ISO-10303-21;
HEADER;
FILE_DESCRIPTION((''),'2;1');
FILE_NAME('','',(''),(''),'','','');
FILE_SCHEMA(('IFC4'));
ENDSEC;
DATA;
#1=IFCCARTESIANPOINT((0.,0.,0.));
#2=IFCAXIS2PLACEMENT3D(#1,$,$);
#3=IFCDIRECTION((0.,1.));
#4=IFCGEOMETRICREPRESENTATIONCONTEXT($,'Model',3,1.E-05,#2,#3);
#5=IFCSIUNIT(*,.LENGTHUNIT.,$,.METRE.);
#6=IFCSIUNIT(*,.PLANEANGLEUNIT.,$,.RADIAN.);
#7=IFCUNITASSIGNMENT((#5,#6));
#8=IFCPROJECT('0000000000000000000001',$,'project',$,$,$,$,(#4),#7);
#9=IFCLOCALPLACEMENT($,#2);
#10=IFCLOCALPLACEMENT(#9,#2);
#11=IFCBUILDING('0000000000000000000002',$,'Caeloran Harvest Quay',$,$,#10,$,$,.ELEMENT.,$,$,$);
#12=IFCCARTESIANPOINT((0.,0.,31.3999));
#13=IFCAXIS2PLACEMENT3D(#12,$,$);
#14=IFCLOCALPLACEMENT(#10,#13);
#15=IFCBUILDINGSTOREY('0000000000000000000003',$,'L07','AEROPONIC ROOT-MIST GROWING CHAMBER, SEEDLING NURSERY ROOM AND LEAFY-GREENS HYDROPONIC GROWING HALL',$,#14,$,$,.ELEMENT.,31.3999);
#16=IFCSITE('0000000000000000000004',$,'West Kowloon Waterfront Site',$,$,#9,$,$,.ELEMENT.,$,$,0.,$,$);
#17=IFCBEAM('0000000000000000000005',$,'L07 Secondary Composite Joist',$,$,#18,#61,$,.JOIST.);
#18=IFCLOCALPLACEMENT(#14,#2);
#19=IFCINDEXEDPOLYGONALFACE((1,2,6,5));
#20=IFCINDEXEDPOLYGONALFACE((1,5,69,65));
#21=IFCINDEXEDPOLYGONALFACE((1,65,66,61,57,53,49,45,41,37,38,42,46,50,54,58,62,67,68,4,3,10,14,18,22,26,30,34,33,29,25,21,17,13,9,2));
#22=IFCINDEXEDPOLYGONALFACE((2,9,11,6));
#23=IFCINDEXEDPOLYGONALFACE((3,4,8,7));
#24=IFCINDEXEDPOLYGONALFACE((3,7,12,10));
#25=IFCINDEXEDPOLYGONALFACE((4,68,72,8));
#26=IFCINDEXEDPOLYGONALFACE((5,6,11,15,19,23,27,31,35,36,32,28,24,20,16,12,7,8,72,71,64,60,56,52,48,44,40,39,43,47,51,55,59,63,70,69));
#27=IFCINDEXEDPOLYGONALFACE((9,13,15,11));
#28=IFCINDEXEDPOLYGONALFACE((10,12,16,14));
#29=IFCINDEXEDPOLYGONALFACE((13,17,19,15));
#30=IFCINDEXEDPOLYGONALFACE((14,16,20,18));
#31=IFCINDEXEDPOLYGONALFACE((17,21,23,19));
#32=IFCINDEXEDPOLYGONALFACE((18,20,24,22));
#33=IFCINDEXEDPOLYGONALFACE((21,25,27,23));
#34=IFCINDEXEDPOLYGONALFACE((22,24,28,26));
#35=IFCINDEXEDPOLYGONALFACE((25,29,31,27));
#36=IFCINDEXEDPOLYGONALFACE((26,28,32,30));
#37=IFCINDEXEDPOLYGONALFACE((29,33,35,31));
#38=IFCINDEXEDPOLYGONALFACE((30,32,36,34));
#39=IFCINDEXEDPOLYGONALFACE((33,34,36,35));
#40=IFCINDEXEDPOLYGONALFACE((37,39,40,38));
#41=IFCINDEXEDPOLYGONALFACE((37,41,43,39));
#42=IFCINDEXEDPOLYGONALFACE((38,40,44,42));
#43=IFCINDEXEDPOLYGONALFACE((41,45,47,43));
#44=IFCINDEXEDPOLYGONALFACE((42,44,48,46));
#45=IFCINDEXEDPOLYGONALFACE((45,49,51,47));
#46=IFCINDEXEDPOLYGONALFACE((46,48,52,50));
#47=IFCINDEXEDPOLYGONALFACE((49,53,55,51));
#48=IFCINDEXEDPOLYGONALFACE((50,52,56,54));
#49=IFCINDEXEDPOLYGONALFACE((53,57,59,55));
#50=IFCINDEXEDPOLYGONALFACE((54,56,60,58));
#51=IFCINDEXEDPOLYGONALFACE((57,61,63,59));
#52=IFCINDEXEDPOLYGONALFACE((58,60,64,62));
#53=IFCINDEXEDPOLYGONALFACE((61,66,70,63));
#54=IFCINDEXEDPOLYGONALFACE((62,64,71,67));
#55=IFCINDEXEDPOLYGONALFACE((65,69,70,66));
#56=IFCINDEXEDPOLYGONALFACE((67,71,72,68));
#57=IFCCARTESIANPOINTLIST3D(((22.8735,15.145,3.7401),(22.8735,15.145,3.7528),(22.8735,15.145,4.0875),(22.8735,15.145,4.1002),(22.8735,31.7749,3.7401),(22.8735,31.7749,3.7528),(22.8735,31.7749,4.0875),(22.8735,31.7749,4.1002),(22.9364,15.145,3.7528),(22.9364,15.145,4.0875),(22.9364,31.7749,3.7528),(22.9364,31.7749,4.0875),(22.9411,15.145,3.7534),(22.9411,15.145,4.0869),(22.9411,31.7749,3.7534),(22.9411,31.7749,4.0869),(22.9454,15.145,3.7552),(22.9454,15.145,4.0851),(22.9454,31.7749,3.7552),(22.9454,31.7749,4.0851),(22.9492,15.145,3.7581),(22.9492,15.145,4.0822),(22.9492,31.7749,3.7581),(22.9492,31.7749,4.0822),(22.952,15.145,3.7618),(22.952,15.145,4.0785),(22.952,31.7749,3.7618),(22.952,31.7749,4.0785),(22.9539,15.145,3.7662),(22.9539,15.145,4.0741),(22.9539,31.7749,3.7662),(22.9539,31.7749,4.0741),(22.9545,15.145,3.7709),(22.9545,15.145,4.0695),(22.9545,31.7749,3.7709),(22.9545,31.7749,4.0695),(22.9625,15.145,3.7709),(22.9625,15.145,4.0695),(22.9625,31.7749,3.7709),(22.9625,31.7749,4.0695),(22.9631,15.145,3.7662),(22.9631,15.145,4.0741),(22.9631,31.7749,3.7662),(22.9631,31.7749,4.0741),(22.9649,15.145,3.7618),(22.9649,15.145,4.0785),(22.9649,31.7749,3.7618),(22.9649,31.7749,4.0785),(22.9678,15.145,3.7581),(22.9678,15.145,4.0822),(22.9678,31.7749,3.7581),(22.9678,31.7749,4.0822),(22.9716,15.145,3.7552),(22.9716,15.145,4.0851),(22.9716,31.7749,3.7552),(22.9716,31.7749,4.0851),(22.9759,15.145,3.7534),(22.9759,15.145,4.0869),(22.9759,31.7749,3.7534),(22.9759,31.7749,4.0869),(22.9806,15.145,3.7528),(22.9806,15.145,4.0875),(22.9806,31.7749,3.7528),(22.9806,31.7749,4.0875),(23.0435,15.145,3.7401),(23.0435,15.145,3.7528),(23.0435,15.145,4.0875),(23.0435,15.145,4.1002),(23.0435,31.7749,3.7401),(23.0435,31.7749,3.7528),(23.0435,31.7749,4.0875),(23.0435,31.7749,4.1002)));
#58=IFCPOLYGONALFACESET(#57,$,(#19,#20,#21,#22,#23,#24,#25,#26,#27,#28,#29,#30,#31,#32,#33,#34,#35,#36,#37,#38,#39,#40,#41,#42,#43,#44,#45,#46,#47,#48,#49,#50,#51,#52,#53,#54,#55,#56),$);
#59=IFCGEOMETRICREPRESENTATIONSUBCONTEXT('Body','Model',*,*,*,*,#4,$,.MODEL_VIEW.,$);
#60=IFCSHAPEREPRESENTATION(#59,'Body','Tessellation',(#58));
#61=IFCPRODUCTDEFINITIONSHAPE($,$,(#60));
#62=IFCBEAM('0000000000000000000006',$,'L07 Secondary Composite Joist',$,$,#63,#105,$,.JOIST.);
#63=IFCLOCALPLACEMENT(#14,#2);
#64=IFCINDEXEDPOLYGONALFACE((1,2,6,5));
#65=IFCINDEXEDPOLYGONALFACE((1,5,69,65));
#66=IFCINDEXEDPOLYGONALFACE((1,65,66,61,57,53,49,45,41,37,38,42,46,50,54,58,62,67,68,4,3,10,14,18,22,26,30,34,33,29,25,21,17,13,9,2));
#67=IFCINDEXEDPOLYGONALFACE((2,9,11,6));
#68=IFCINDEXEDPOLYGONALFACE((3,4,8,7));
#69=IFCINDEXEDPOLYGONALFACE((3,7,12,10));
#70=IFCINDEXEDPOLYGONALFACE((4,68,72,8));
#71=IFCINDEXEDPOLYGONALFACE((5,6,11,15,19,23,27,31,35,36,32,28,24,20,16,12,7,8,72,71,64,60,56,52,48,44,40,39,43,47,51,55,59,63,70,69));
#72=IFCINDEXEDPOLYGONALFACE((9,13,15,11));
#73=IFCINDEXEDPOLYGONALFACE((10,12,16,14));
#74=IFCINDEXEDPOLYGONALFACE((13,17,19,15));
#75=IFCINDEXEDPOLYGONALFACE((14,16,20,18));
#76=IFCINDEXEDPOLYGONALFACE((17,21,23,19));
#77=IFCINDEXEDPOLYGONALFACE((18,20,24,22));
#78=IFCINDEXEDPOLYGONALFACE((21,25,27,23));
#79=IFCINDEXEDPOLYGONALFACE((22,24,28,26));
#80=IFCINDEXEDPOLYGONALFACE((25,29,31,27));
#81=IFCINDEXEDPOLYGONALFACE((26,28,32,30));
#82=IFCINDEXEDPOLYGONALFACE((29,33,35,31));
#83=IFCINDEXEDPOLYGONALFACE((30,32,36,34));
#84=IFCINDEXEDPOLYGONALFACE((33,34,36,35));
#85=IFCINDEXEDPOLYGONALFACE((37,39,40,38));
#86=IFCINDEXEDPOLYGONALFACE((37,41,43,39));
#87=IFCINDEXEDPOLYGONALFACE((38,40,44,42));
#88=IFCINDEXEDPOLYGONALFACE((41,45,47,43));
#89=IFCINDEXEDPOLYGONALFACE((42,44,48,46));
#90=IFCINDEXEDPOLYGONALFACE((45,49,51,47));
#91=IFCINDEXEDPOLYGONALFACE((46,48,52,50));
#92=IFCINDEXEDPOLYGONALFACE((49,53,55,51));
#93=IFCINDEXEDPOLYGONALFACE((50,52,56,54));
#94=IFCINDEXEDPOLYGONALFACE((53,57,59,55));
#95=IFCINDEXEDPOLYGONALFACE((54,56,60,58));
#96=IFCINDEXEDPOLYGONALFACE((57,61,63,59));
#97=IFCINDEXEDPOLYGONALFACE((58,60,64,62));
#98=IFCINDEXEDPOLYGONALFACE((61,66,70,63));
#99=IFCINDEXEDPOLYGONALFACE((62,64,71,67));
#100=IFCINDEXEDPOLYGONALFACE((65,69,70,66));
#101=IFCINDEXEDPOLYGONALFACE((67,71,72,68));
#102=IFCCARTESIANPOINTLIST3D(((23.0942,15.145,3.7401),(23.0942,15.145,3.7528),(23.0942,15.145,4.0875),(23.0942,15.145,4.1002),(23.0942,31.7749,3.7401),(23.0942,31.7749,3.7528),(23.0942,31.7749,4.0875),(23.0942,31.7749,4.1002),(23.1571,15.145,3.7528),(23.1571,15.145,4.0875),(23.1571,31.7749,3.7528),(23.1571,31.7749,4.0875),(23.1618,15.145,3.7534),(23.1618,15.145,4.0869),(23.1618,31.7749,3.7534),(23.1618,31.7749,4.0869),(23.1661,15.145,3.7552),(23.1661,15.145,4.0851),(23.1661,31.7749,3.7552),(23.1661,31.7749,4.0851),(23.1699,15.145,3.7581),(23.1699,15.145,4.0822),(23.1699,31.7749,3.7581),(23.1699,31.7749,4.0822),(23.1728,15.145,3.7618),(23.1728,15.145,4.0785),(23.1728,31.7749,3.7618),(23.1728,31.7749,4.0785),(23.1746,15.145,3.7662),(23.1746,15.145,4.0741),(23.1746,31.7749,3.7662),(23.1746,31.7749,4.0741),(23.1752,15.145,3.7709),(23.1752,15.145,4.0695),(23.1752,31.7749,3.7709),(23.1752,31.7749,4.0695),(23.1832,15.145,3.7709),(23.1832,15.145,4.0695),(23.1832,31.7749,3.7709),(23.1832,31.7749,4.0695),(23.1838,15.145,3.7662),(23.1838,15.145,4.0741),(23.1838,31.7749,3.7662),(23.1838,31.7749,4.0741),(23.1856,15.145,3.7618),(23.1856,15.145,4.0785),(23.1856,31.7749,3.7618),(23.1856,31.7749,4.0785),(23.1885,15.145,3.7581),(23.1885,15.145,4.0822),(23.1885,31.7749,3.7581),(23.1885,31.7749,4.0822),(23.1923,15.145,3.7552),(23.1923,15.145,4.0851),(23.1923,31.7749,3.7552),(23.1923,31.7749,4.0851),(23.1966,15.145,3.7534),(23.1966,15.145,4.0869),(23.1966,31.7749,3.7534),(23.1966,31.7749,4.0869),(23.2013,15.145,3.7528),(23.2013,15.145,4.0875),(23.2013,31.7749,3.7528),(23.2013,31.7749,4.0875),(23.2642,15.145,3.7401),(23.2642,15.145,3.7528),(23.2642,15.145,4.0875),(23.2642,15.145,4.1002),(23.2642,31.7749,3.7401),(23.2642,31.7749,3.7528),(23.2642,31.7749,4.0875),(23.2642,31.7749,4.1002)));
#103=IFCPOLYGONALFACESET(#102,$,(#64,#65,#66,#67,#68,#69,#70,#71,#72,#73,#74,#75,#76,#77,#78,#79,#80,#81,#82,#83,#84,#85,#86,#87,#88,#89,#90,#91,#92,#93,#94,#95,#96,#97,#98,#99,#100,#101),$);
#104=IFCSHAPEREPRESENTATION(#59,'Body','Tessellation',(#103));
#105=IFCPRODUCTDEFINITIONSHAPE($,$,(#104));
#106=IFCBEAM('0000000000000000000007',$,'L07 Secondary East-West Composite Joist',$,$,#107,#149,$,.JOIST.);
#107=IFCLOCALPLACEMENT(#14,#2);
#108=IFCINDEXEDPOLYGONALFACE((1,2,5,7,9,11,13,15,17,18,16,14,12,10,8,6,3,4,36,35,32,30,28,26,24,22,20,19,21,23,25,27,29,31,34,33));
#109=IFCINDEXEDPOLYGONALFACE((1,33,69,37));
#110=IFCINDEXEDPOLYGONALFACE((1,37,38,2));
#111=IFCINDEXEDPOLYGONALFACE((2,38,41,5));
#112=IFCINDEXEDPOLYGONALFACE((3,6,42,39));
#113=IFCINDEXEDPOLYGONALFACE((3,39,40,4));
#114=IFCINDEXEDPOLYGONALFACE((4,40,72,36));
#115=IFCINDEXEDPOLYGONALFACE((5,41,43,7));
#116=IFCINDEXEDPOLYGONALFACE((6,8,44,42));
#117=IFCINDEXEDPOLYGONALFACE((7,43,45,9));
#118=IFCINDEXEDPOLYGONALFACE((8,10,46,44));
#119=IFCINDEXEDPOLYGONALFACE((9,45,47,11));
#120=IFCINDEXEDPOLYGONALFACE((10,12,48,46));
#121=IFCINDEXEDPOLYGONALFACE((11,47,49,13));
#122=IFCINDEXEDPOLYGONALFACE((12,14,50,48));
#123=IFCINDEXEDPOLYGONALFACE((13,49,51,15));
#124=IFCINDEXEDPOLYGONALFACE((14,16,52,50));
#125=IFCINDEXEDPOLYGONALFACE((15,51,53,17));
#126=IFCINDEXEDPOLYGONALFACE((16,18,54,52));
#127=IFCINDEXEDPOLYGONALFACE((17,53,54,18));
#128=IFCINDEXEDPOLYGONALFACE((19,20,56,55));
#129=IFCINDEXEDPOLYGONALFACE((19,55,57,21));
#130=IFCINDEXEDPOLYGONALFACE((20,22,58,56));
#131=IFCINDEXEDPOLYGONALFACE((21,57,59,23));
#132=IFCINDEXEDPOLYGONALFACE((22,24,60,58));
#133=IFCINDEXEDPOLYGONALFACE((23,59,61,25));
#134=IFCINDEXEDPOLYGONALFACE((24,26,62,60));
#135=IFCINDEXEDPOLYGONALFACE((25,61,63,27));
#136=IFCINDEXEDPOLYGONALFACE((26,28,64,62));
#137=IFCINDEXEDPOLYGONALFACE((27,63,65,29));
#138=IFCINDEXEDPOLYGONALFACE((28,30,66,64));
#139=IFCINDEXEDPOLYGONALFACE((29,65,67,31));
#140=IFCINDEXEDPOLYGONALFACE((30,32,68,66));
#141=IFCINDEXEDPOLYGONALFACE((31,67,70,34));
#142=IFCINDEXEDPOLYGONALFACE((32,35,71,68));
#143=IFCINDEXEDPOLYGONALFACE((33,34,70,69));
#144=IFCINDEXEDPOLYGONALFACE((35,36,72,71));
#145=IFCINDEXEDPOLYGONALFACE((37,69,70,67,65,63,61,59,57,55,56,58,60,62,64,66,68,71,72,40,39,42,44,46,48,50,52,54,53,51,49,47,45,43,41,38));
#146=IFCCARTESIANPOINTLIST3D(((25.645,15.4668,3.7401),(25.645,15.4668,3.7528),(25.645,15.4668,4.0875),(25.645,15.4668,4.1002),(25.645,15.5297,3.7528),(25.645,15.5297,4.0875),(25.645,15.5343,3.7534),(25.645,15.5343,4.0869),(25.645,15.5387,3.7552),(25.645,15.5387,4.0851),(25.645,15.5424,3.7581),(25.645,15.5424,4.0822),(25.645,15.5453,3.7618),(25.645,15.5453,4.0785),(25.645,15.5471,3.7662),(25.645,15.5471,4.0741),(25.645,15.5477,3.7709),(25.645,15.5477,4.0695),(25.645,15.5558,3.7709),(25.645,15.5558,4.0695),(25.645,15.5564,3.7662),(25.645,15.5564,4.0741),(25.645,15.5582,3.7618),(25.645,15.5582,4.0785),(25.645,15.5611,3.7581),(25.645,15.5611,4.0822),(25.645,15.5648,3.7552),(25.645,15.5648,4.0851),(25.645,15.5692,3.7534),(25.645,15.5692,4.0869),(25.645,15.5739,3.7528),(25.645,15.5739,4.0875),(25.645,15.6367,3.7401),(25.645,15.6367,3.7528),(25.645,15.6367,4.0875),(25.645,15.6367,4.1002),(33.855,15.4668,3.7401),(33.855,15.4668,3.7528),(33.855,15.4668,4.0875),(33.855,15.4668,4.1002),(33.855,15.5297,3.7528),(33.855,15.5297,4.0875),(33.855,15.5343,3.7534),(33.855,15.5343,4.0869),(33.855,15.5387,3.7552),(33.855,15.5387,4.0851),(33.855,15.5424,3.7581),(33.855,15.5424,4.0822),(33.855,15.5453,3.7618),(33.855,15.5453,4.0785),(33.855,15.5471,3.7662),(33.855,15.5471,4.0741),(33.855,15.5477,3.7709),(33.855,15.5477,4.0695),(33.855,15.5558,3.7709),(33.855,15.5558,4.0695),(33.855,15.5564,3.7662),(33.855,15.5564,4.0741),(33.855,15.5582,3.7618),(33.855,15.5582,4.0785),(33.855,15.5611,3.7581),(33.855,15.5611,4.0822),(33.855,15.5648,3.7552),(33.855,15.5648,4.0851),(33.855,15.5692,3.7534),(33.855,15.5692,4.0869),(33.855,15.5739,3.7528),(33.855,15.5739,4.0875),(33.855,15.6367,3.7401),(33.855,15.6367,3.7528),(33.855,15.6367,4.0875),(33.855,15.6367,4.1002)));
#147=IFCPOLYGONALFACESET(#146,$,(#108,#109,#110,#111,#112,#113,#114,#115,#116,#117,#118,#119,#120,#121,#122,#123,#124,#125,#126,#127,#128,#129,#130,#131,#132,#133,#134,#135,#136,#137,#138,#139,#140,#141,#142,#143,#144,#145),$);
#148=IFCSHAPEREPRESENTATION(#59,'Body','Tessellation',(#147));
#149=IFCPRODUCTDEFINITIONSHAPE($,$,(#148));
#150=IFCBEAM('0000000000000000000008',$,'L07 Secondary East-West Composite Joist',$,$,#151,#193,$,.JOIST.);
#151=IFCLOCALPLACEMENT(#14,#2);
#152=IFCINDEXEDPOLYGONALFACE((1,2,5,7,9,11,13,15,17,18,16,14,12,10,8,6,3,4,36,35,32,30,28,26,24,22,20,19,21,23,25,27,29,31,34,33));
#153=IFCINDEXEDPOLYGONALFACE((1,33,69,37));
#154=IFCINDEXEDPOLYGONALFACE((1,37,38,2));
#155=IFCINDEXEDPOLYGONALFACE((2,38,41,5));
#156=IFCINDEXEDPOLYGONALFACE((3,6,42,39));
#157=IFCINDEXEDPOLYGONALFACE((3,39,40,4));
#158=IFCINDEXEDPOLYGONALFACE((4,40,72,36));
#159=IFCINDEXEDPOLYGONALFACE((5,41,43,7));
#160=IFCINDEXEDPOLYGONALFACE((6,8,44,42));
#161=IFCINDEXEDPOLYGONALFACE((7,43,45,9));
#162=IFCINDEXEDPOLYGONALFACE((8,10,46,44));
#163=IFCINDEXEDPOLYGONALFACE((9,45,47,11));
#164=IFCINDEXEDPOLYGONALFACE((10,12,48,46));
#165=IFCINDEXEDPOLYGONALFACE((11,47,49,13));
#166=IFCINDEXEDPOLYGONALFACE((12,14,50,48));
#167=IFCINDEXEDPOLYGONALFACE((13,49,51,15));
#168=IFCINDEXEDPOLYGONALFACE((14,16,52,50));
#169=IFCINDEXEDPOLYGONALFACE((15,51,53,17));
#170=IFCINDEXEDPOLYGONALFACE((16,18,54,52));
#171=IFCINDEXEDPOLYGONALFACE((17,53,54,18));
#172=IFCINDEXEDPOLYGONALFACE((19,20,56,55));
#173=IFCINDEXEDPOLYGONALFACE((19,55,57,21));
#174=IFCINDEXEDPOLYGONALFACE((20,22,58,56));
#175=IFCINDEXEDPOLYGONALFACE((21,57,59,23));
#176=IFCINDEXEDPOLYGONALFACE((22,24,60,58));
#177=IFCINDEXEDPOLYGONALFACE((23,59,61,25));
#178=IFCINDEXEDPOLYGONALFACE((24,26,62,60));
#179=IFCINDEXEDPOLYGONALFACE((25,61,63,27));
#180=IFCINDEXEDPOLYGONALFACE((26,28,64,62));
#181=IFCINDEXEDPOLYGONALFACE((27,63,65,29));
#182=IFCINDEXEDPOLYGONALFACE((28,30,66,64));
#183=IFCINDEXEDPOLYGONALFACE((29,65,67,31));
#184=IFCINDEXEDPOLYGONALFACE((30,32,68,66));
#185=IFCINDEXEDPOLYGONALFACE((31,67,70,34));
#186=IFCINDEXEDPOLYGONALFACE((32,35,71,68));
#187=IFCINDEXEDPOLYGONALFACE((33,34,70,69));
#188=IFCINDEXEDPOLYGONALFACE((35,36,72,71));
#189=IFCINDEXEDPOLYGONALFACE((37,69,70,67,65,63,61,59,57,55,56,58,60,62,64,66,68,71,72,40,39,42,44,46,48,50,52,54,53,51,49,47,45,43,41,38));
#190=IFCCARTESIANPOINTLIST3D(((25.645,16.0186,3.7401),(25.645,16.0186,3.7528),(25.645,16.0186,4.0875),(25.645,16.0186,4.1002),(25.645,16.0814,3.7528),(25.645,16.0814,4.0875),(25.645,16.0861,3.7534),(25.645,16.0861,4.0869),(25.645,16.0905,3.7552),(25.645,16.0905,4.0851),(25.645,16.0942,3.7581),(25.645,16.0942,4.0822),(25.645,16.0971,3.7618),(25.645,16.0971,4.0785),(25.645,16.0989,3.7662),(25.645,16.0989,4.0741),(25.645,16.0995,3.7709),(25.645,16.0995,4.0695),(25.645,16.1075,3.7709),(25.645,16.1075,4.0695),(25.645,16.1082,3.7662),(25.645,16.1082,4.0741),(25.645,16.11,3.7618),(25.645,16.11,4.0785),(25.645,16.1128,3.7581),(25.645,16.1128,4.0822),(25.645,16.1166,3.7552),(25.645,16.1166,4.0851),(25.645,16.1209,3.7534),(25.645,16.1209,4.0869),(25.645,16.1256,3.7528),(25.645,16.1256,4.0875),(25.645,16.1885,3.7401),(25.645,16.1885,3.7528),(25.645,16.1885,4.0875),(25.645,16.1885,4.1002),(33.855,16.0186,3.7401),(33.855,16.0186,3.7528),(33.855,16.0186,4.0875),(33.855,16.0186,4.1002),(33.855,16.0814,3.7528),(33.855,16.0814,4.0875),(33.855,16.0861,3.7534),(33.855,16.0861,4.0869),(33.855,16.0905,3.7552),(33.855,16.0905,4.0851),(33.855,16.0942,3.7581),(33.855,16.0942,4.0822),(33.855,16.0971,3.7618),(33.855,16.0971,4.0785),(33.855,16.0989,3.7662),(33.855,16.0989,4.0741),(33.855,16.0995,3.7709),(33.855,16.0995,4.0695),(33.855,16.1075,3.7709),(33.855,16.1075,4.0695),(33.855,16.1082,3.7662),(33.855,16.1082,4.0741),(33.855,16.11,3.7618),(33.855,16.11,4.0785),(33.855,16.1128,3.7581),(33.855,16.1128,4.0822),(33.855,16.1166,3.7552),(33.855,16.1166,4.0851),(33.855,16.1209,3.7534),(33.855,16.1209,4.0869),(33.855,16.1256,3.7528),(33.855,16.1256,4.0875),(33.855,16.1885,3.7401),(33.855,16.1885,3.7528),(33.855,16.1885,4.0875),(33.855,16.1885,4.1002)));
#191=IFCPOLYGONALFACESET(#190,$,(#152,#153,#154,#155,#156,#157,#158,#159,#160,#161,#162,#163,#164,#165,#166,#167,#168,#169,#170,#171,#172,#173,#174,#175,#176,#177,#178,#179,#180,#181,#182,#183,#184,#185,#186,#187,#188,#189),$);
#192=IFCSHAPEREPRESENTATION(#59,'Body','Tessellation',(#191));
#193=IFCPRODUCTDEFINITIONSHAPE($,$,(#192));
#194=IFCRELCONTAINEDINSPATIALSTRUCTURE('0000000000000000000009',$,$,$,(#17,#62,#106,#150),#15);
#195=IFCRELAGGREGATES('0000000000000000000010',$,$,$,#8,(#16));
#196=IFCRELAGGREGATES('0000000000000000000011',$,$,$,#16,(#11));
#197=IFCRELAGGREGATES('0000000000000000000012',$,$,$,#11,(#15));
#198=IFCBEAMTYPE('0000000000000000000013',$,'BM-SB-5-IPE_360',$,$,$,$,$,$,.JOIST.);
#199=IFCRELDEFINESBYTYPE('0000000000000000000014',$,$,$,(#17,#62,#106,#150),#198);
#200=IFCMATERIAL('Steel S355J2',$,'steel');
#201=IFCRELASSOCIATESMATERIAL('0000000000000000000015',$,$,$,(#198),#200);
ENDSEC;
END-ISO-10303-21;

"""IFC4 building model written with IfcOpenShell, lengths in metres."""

from ifc_helpers import new_model, si_unit, direction, frame, origin, origin_2d, place, context, subcontext, project, spatial, i_section, extrude, material, material_profile, profile_set, type_object, element, save


model = new_model("IFC4")

# Units and contexts
model_context = context("Model", 3, precision=1e-05, world=origin(), true_north=direction((0.0, 1.0)))
body_context = subcontext(model_context, "Body", "Model", "MODEL_VIEW")
ifc_project = project(units=[si_unit("LENGTHUNIT", "METRE"), si_unit("PLANEANGLEUNIT", "RADIAN")], contexts=[model_context])

# Site, building, storey
site_placement = place(None, origin())
site = spatial("IfcSite", under=ifc_project, at=site_placement, Name="West Kowloon Waterfront Site", CompositionType="ELEMENT", RefElevation=0.0)
building_placement = place(site_placement, origin())
building = spatial("IfcBuilding", under=site, at=building_placement, Name="Caeloran Harvest Quay", CompositionType="ELEMENT")
storey_placement = place(building_placement, frame((0.0, 0.0, 31.3999)))
storey = spatial("IfcBuildingStorey", under=building, at=storey_placement, Name="L07", Description="AEROPONIC ROOT-MIST GROWING CHAMBER, SEEDLING NURSERY ROOM AND LEAFY-GREENS HYDROPONIC GROWING HALL", CompositionType="ELEMENT", Elevation=31.3999)

# Beams
ifc_material_1 = material(Name="Steel S355J2", Category="steel")
ifc_material_profile_1 = material_profile(ifc_material_1, i_section(OverallWidth=0.1699, OverallDepth=0.3601, WebThickness=0.0081, FlangeThickness=0.0127, FilletRadius=0.0181, at=origin_2d()), Name="IPE 360")
ifc_profile_set_1 = profile_set([ifc_material_profile_1], Name="Steel S355J2")
beam_type_1 = type_object("IfcBeamType", Name="BM-SB-5-IPE_360", PredefinedType="JOIST", material=ifc_profile_set_1)
for number, where, z_axis, x_axis, name in (
    (1, (22.9585, 15.145, 3.9202), (0.0, 1.0, 0.0), (-1.0, 0.0, 0.0), "L07 Secondary Composite Joist"),
    (2, (23.1792, 15.145, 3.9202), (0.0, 1.0, 0.0), (-1.0, 0.0, 0.0), "L07 Secondary Composite Joist"),
):
    element("IfcBeam", number, at=place(storey_placement, frame(where, z_axis=z_axis, x_axis=x_axis)), inside=storey, type_object=beam_type_1, Name=name, PredefinedType="JOIST", context=body_context, shape_type="SweptSolid", body=[
        extrude(i_section(OverallWidth=0.1699, OverallDepth=0.3601, WebThickness=0.0081, FlangeThickness=0.0127, FilletRadius=0.0181, at=origin_2d()), origin(), (0.0, 0.0, 1.0), 16.6299),
    ])
for number, where, z_axis, x_axis, name in (
    (3, (25.645, 15.5518, 3.9202), (1.0, 0.0, 0.0), (0.0, 1.0, 0.0), "L07 Secondary East-West Composite Joist"),
    (4, (25.645, 16.1035, 3.9202), (1.0, 0.0, 0.0), (0.0, 1.0, 0.0), "L07 Secondary East-West Composite Joist"),
):
    element("IfcBeam", number, at=place(storey_placement, frame(where, z_axis=z_axis, x_axis=x_axis)), inside=storey, type_object=beam_type_1, Name=name, PredefinedType="JOIST", context=body_context, shape_type="SweptSolid", body=[
        extrude(i_section(OverallWidth=0.1699, OverallDepth=0.3601, WebThickness=0.0081, FlangeThickness=0.0127, FilletRadius=0.0181, at=origin_2d()), origin(), (0.0, 0.0, 1.0), 8.21),
    ])

save(model, "model.ifc")
